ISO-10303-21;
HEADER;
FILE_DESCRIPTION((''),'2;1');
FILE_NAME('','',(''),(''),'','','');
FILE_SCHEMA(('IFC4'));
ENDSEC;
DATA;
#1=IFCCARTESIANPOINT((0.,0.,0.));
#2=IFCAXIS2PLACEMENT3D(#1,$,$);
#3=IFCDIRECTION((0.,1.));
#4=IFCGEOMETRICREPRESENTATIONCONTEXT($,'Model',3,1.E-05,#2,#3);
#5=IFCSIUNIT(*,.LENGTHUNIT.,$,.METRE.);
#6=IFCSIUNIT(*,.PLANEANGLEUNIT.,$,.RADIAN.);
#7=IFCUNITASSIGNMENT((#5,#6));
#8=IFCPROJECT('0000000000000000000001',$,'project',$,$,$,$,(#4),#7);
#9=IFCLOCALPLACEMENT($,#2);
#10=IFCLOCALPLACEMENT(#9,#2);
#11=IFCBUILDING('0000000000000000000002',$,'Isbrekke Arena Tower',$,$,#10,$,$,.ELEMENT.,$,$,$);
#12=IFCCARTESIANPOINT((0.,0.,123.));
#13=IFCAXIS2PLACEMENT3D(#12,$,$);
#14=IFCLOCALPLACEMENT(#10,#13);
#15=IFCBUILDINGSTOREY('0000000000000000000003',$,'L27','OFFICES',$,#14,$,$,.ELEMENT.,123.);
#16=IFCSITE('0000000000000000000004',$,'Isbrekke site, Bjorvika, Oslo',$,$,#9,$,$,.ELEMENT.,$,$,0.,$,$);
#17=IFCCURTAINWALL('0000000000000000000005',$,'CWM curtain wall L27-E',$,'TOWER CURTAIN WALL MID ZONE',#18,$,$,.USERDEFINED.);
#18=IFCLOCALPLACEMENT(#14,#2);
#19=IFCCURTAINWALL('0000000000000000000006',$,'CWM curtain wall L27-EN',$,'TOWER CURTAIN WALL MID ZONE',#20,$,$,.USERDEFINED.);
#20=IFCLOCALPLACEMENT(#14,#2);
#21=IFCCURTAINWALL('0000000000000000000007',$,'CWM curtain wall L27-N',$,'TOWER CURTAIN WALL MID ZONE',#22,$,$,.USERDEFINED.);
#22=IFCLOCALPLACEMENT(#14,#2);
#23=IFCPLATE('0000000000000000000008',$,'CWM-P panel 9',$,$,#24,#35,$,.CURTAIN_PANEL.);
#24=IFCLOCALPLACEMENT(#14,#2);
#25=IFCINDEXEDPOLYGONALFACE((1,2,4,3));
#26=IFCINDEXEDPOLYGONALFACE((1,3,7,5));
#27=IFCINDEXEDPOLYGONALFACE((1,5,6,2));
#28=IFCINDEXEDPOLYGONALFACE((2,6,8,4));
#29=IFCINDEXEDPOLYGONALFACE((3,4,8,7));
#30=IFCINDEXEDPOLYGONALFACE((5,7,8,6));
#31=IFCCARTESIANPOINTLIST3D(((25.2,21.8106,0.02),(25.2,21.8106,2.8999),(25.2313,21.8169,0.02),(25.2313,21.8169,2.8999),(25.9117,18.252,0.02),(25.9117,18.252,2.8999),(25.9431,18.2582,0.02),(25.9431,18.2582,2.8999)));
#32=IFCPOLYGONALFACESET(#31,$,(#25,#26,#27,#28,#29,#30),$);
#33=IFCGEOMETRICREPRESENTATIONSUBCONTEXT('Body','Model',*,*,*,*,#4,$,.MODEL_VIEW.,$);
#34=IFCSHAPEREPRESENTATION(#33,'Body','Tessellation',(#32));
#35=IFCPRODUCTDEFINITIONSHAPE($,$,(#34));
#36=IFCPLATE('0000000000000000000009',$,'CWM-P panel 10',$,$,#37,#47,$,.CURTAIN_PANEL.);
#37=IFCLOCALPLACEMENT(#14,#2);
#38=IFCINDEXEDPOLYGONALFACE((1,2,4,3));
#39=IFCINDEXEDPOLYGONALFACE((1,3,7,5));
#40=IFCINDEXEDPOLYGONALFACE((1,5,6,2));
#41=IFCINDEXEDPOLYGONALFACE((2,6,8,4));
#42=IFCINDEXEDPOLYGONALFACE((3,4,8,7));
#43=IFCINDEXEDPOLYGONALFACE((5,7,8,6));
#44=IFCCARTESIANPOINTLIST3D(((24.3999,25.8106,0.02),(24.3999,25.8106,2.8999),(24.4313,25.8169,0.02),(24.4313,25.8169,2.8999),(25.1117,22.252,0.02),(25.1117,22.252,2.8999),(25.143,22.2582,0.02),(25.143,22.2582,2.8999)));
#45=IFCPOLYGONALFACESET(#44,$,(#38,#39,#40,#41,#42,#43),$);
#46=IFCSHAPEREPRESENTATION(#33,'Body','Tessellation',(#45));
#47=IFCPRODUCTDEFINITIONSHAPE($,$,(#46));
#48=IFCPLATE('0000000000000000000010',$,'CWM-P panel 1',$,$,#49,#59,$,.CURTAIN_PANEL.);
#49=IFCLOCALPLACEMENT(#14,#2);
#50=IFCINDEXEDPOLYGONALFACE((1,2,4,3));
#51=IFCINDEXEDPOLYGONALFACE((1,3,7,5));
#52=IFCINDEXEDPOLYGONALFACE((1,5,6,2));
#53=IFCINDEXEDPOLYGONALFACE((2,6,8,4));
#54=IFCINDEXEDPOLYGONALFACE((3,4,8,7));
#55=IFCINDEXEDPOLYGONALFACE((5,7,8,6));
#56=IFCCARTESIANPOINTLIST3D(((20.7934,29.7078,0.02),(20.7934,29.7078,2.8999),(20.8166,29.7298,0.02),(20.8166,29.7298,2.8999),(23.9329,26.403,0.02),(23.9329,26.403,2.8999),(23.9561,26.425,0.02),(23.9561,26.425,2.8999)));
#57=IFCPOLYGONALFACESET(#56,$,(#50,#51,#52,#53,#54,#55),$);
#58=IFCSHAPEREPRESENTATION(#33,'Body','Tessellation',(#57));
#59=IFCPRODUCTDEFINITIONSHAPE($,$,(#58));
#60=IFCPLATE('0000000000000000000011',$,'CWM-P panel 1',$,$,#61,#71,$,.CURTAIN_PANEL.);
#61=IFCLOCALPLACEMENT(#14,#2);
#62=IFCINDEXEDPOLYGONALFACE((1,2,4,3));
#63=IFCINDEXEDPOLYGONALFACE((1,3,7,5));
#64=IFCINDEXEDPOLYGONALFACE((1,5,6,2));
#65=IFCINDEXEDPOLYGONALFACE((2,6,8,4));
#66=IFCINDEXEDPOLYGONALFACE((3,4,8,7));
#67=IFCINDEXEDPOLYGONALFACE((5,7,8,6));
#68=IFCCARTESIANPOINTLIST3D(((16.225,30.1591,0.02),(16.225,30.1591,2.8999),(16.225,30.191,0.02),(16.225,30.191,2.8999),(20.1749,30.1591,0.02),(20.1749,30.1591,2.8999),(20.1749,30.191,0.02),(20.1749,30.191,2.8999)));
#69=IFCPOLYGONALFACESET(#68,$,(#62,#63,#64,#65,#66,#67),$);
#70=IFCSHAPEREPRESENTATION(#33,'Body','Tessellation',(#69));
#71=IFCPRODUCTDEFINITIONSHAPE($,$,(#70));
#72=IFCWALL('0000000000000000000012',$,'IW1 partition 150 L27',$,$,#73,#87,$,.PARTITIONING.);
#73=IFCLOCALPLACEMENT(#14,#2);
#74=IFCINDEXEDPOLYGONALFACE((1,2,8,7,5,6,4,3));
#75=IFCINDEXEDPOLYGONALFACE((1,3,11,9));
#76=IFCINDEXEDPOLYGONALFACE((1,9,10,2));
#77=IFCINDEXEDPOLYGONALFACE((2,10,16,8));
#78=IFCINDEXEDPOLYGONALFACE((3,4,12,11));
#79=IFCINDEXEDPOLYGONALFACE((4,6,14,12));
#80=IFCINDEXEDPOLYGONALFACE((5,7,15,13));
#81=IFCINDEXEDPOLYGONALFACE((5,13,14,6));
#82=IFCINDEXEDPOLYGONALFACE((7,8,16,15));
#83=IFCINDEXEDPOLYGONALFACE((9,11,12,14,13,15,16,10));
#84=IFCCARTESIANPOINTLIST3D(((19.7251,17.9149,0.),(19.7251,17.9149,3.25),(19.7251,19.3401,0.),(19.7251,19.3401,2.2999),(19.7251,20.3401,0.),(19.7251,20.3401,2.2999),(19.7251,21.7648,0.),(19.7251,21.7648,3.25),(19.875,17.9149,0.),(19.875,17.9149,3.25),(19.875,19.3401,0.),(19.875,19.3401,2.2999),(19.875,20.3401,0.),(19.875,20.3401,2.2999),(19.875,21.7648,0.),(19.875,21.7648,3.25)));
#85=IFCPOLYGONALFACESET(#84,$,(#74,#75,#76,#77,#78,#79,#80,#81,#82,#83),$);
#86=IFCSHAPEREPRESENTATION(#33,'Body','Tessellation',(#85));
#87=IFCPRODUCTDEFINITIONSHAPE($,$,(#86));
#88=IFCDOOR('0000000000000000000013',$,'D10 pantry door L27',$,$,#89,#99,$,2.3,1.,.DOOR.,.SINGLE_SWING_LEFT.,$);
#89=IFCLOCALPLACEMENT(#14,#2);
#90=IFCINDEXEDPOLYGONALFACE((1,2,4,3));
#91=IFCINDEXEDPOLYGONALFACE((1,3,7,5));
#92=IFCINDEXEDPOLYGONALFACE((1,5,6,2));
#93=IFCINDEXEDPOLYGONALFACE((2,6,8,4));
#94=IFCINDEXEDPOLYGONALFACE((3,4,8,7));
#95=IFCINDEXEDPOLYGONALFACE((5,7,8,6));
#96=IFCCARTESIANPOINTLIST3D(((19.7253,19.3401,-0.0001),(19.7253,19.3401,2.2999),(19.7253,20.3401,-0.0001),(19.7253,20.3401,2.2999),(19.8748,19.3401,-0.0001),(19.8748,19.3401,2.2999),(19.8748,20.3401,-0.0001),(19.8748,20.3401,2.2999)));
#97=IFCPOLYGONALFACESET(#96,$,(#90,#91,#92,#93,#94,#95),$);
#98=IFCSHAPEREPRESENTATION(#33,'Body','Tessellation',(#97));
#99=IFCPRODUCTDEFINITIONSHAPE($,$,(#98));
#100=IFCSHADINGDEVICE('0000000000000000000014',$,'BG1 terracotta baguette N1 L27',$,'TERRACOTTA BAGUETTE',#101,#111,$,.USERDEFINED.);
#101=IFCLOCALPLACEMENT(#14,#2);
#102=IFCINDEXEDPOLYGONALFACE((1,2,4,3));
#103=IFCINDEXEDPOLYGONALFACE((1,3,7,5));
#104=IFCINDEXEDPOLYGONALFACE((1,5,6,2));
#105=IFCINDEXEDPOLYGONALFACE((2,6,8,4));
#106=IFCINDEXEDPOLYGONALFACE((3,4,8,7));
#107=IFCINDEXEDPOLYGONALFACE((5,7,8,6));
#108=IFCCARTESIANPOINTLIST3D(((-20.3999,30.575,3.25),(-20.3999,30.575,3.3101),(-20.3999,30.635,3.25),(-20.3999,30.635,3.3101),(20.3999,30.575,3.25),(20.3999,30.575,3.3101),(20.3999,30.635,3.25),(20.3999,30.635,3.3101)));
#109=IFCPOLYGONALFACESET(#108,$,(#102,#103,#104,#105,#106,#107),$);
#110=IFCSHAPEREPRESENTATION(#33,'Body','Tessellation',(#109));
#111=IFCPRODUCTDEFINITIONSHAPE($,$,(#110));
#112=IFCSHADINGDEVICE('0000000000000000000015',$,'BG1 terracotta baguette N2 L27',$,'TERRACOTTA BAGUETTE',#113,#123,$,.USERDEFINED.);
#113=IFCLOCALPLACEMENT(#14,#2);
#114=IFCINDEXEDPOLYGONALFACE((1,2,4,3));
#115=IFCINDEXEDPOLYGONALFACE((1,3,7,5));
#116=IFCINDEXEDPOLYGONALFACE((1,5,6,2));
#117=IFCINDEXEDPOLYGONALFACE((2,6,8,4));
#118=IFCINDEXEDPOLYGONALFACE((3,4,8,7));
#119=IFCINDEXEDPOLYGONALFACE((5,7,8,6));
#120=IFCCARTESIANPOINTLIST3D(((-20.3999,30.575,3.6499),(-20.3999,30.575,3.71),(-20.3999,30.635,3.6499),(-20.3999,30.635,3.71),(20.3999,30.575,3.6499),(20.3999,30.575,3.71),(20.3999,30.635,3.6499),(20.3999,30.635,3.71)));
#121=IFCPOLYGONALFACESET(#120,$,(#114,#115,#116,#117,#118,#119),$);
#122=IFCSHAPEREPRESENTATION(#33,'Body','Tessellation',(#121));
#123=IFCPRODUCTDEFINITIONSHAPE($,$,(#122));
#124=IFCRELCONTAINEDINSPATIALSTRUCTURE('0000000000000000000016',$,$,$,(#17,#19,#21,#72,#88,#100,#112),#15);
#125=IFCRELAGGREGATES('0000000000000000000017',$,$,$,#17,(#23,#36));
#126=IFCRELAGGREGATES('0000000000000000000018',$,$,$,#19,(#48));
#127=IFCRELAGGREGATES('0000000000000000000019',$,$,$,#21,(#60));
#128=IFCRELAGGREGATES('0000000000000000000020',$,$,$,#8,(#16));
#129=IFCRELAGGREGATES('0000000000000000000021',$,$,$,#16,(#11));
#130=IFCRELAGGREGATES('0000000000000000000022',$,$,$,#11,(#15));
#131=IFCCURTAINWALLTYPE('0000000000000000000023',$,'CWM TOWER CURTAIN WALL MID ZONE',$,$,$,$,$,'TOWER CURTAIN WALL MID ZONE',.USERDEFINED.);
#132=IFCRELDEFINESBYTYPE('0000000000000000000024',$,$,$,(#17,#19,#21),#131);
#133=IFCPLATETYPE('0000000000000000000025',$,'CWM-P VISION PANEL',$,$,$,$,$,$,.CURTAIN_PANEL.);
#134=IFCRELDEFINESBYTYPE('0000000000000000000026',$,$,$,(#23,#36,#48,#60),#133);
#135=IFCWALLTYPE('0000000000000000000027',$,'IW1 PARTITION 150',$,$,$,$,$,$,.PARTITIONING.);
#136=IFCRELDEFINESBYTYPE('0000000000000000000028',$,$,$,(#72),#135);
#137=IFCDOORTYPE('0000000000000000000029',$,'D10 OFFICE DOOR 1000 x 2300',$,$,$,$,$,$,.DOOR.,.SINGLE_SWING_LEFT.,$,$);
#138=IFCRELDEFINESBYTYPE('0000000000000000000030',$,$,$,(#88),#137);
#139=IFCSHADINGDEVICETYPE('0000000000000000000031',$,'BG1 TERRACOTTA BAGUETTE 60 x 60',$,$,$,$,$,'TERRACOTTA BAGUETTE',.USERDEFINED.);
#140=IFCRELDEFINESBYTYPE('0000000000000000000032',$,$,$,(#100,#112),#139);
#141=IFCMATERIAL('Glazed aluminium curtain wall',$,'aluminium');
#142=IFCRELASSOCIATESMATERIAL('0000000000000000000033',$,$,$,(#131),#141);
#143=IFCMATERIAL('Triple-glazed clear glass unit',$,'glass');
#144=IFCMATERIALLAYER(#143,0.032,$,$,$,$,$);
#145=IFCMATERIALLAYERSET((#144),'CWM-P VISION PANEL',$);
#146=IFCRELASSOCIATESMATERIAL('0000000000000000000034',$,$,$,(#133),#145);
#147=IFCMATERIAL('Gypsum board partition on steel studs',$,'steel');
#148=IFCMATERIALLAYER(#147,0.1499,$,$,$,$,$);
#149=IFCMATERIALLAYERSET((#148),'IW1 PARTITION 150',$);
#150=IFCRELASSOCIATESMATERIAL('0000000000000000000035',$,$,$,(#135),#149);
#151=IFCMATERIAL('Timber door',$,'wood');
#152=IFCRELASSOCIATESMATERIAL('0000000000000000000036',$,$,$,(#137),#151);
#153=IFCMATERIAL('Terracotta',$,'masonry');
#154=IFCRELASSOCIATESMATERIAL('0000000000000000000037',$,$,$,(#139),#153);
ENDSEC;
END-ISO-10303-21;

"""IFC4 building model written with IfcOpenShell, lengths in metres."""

from ifc_helpers import new_model, si_unit, direction, frame, frame_2d, origin, origin_2d, place, context, subcontext, project, spatial, rectangle, extrude, material, layer, layer_set, material_profile, profile_set, type_object, element, fill, aggregate, save


model = new_model("IFC4")

# Units and contexts
model_context = context("Model", 3, precision=1e-05, world=origin(), true_north=direction((0.0, 1.0)))
body_context = subcontext(model_context, "Body", "Model", "MODEL_VIEW")
ifc_project = project(units=[si_unit("LENGTHUNIT", "METRE"), si_unit("PLANEANGLEUNIT", "RADIAN")], contexts=[model_context])

# Site, building, storey
site_placement = place(None, origin())
site = spatial("IfcSite", under=ifc_project, at=site_placement, Name="Isbrekke site, Bjorvika, Oslo", CompositionType="ELEMENT", RefElevation=0.0)
building_placement = place(site_placement, origin())
building = spatial("IfcBuilding", under=site, at=building_placement, Name="Isbrekke Arena Tower", CompositionType="ELEMENT")
storey_placement = place(building_placement, frame((0.0, 0.0, 123.0)))
storey = spatial("IfcBuildingStorey", under=building, at=storey_placement, Name="L27", Description="OFFICES", CompositionType="ELEMENT", Elevation=123.0)

# Curtain walls
ifc_material_1 = material(Name="Glazed aluminium curtain wall", Category="aluminium")
curtain_wall_type = type_object("IfcCurtainWallType", Name="CWM TOWER CURTAIN WALL MID ZONE", ElementType="TOWER CURTAIN WALL MID ZONE", PredefinedType="USERDEFINED", material=ifc_material_1)
curtain_wall_1_placement = place(storey_placement, origin())
curtain_wall_1 = element("IfcCurtainWall", 1, at=curtain_wall_1_placement, inside=storey, type_object=curtain_wall_type, Name="CWM curtain wall L27-E", ObjectType="TOWER CURTAIN WALL MID ZONE", PredefinedType="USERDEFINED")
curtain_wall_2_placement = place(storey_placement, origin())
curtain_wall_2 = element("IfcCurtainWall", 2, at=curtain_wall_2_placement, inside=storey, type_object=curtain_wall_type, Name="CWM curtain wall L27-EN", ObjectType="TOWER CURTAIN WALL MID ZONE", PredefinedType="USERDEFINED")

# Curtain wall
curtain_wall_3_placement = place(storey_placement, origin())
curtain_wall_3 = element("IfcCurtainWall", 3, at=curtain_wall_3_placement, inside=storey, type_object=curtain_wall_type, Name="CWM curtain wall L27-N", ObjectType="TOWER CURTAIN WALL MID ZONE", PredefinedType="USERDEFINED")

# Plates
ifc_material_2 = material(Name="Triple-glazed clear glass unit", Category="glass")
ifc_layer_1 = layer(ifc_material_2, 0.032)
ifc_layer_set_1 = layer_set([ifc_layer_1], Name="CWM-P VISION PANEL")
plate_type = type_object("IfcPlateType", Name="CWM-P VISION PANEL", PredefinedType="CURTAIN_PANEL", material=ifc_layer_set_1)
plate_1_placement = place(storey_placement, frame((25.5715, 20.0344, 0.02), z_axis=(0.0, 0.0, 1.0), x_axis=(-0.196116, 0.980581, 0.0)))
plate_1 = element("IfcPlate", 4, at=plate_1_placement, type_object=plate_type, Name="CWM-P panel 9", PredefinedType="CURTAIN_PANEL", context=body_context, shape_type="SweptSolid", body=[
    extrude(rectangle(XDim=3.6292, YDim=0.032, at=origin_2d()), origin(), (0.0, 0.0, 1.0), 2.8799),
])
plate_2_placement = place(storey_placement, frame((24.7715, 24.0344, 0.02), z_axis=(0.0, 0.0, 1.0), x_axis=(-0.196116, 0.980581, 0.0)))
plate_2 = element("IfcPlate", 5, at=plate_2_placement, type_object=plate_type, Name="CWM-P panel 10", PredefinedType="CURTAIN_PANEL", context=body_context, shape_type="SweptSolid", body=[
    extrude(rectangle(XDim=3.6292, YDim=0.032, at=origin_2d()), origin(), (0.0, 0.0, 1.0), 2.8799),
])
aggregate(curtain_wall_1, [plate_1, plate_2])
plate_3_placement = place(storey_placement, frame((22.3748, 28.0664, 0.02), z_axis=(0.0, 0.0, 1.0), x_axis=(-0.688749, 0.724999, 0.0)))
plate_3 = element("IfcPlate", 6, at=plate_3_placement, type_object=plate_type, Name="CWM-P panel 1", PredefinedType="CURTAIN_PANEL", context=body_context, shape_type="SweptSolid", body=[
    extrude(rectangle(XDim=4.5583, YDim=0.032, at=origin_2d()), origin(), (0.0, 0.0, 1.0), 2.8799),
])
aggregate(curtain_wall_2, [plate_3])
plate_4_placement = place(storey_placement, frame((18.2, 30.175, 0.02), z_axis=(0.0, 0.0, 1.0), x_axis=(-1.0, 0.0, 0.0)))
plate_4 = element("IfcPlate", 7, at=plate_4_placement, type_object=plate_type, Name="CWM-P panel 1", PredefinedType="CURTAIN_PANEL", context=body_context, shape_type="SweptSolid", body=[
    extrude(rectangle(XDim=3.95, YDim=0.032, at=origin_2d()), origin(), (0.0, 0.0, 1.0), 2.8799),
])
aggregate(curtain_wall_3, [plate_4])

# Wall, opening, door
ifc_material_3 = material(Name="Gypsum board partition on steel studs", Category="steel")
ifc_layer_2 = layer(ifc_material_3, 0.1499)
ifc_layer_set_2 = layer_set([ifc_layer_2], Name="IW1 PARTITION 150")
wall_type_1 = type_object("IfcWallType", Name="IW1 PARTITION 150", PredefinedType="PARTITIONING", material=ifc_layer_set_2)
wall_1_placement = place(storey_placement, frame((19.8, 17.915, 0.0), z_axis=(0.0, 0.0, 1.0), x_axis=(0.0, 1.0, 0.0)))
wall_1 = element("IfcWall", 8, at=wall_1_placement, inside=storey, type_object=wall_type_1, Name="IW1 partition 150 L27", PredefinedType="PARTITIONING", context=body_context, shape_type="SweptSolid", body=[
    extrude(rectangle(XDim=3.8499, YDim=0.1499, at=frame_2d((1.9248, 0.0))), origin(), (0.0, 0.0, 1.0), 3.25),
])
opening_1_placement = place(wall_1_placement, frame((1.425, 0.0, 0.0)))
opening_1 = element("IfcOpeningElement", 9, at=opening_1_placement, cuts=wall_1, PredefinedType="OPENING", context=body_context, shape_type="SweptSolid", body=[
    extrude(rectangle(XDim=1.0, YDim=2.3, at=frame_2d((0.5, 1.1499))), frame((0.0, 0.0898, 0.0), z_axis=(0.0, -1.0, 0.0), x_axis=(1.0, 0.0, 0.0)), (0.0, 0.0, 1.0), 0.1797),
])
ifc_material_4 = material(Name="Timber door", Category="wood")
door_type_1 = type_object("IfcDoorType", Name="D10 OFFICE DOOR 1000 x 2300", OperationType="SINGLE_SWING_LEFT", PredefinedType="DOOR", material=ifc_material_4)
door_1_placement = place(opening_1_placement, origin())
door_1 = element("IfcDoor", 10, at=door_1_placement, inside=storey, type_object=door_type_1, Name="D10 pantry door L27", OperationType="SINGLE_SWING_LEFT", OverallHeight=2.3, OverallWidth=1.0, PredefinedType="DOOR", context=body_context, shape_type="SweptSolid", body=[
    extrude(rectangle(XDim=1.0, YDim=2.3, at=frame_2d((0.5, 1.1499))), frame((0.0, 0.0747, 0.0), z_axis=(0.0, -1.0, 0.0), x_axis=(1.0, 0.0, 0.0)), (0.0, 0.0, 1.0), 0.1494),
])
fill(opening_1, door_1)

# Shading devices
ifc_material_5 = material(Name="Terracotta", Category="masonry")
ifc_material_profile_1 = material_profile(ifc_material_5, rectangle(XDim=0.0601, YDim=0.0601, at=origin_2d()), Name="BAGUETTE 60X60")
ifc_profile_set_1 = profile_set([ifc_material_profile_1], Name="Terracotta")
shading_device_type = type_object("IfcShadingDeviceType", Name="BG1 TERRACOTTA BAGUETTE 60 x 60", ElementType="TERRACOTTA BAGUETTE", PredefinedType="USERDEFINED", material=ifc_profile_set_1)
for number, where, z_axis, x_axis, name in (
    (11, (20.3999, 30.605, 3.28), (-1.0, 0.0, 0.0), (0.0, -1.0, 0.0), "BG1 terracotta baguette N1 L27"),
    (12, (20.3999, 30.605, 3.6799), (-1.0, 0.0, 0.0), (0.0, -1.0, 0.0), "BG1 terracotta baguette N2 L27"),
):
    element("IfcShadingDevice", number, at=place(storey_placement, frame(where, z_axis=z_axis, x_axis=x_axis)), inside=storey, type_object=shading_device_type, Name=name, ObjectType="TERRACOTTA BAGUETTE", PredefinedType="USERDEFINED", context=body_context, shape_type="SweptSolid", body=[
        extrude(rectangle(XDim=0.0601, YDim=0.0601, at=origin_2d()), origin(), (0.0, 0.0, 1.0), 40.7998),
    ])

save(model, "model.ifc")
